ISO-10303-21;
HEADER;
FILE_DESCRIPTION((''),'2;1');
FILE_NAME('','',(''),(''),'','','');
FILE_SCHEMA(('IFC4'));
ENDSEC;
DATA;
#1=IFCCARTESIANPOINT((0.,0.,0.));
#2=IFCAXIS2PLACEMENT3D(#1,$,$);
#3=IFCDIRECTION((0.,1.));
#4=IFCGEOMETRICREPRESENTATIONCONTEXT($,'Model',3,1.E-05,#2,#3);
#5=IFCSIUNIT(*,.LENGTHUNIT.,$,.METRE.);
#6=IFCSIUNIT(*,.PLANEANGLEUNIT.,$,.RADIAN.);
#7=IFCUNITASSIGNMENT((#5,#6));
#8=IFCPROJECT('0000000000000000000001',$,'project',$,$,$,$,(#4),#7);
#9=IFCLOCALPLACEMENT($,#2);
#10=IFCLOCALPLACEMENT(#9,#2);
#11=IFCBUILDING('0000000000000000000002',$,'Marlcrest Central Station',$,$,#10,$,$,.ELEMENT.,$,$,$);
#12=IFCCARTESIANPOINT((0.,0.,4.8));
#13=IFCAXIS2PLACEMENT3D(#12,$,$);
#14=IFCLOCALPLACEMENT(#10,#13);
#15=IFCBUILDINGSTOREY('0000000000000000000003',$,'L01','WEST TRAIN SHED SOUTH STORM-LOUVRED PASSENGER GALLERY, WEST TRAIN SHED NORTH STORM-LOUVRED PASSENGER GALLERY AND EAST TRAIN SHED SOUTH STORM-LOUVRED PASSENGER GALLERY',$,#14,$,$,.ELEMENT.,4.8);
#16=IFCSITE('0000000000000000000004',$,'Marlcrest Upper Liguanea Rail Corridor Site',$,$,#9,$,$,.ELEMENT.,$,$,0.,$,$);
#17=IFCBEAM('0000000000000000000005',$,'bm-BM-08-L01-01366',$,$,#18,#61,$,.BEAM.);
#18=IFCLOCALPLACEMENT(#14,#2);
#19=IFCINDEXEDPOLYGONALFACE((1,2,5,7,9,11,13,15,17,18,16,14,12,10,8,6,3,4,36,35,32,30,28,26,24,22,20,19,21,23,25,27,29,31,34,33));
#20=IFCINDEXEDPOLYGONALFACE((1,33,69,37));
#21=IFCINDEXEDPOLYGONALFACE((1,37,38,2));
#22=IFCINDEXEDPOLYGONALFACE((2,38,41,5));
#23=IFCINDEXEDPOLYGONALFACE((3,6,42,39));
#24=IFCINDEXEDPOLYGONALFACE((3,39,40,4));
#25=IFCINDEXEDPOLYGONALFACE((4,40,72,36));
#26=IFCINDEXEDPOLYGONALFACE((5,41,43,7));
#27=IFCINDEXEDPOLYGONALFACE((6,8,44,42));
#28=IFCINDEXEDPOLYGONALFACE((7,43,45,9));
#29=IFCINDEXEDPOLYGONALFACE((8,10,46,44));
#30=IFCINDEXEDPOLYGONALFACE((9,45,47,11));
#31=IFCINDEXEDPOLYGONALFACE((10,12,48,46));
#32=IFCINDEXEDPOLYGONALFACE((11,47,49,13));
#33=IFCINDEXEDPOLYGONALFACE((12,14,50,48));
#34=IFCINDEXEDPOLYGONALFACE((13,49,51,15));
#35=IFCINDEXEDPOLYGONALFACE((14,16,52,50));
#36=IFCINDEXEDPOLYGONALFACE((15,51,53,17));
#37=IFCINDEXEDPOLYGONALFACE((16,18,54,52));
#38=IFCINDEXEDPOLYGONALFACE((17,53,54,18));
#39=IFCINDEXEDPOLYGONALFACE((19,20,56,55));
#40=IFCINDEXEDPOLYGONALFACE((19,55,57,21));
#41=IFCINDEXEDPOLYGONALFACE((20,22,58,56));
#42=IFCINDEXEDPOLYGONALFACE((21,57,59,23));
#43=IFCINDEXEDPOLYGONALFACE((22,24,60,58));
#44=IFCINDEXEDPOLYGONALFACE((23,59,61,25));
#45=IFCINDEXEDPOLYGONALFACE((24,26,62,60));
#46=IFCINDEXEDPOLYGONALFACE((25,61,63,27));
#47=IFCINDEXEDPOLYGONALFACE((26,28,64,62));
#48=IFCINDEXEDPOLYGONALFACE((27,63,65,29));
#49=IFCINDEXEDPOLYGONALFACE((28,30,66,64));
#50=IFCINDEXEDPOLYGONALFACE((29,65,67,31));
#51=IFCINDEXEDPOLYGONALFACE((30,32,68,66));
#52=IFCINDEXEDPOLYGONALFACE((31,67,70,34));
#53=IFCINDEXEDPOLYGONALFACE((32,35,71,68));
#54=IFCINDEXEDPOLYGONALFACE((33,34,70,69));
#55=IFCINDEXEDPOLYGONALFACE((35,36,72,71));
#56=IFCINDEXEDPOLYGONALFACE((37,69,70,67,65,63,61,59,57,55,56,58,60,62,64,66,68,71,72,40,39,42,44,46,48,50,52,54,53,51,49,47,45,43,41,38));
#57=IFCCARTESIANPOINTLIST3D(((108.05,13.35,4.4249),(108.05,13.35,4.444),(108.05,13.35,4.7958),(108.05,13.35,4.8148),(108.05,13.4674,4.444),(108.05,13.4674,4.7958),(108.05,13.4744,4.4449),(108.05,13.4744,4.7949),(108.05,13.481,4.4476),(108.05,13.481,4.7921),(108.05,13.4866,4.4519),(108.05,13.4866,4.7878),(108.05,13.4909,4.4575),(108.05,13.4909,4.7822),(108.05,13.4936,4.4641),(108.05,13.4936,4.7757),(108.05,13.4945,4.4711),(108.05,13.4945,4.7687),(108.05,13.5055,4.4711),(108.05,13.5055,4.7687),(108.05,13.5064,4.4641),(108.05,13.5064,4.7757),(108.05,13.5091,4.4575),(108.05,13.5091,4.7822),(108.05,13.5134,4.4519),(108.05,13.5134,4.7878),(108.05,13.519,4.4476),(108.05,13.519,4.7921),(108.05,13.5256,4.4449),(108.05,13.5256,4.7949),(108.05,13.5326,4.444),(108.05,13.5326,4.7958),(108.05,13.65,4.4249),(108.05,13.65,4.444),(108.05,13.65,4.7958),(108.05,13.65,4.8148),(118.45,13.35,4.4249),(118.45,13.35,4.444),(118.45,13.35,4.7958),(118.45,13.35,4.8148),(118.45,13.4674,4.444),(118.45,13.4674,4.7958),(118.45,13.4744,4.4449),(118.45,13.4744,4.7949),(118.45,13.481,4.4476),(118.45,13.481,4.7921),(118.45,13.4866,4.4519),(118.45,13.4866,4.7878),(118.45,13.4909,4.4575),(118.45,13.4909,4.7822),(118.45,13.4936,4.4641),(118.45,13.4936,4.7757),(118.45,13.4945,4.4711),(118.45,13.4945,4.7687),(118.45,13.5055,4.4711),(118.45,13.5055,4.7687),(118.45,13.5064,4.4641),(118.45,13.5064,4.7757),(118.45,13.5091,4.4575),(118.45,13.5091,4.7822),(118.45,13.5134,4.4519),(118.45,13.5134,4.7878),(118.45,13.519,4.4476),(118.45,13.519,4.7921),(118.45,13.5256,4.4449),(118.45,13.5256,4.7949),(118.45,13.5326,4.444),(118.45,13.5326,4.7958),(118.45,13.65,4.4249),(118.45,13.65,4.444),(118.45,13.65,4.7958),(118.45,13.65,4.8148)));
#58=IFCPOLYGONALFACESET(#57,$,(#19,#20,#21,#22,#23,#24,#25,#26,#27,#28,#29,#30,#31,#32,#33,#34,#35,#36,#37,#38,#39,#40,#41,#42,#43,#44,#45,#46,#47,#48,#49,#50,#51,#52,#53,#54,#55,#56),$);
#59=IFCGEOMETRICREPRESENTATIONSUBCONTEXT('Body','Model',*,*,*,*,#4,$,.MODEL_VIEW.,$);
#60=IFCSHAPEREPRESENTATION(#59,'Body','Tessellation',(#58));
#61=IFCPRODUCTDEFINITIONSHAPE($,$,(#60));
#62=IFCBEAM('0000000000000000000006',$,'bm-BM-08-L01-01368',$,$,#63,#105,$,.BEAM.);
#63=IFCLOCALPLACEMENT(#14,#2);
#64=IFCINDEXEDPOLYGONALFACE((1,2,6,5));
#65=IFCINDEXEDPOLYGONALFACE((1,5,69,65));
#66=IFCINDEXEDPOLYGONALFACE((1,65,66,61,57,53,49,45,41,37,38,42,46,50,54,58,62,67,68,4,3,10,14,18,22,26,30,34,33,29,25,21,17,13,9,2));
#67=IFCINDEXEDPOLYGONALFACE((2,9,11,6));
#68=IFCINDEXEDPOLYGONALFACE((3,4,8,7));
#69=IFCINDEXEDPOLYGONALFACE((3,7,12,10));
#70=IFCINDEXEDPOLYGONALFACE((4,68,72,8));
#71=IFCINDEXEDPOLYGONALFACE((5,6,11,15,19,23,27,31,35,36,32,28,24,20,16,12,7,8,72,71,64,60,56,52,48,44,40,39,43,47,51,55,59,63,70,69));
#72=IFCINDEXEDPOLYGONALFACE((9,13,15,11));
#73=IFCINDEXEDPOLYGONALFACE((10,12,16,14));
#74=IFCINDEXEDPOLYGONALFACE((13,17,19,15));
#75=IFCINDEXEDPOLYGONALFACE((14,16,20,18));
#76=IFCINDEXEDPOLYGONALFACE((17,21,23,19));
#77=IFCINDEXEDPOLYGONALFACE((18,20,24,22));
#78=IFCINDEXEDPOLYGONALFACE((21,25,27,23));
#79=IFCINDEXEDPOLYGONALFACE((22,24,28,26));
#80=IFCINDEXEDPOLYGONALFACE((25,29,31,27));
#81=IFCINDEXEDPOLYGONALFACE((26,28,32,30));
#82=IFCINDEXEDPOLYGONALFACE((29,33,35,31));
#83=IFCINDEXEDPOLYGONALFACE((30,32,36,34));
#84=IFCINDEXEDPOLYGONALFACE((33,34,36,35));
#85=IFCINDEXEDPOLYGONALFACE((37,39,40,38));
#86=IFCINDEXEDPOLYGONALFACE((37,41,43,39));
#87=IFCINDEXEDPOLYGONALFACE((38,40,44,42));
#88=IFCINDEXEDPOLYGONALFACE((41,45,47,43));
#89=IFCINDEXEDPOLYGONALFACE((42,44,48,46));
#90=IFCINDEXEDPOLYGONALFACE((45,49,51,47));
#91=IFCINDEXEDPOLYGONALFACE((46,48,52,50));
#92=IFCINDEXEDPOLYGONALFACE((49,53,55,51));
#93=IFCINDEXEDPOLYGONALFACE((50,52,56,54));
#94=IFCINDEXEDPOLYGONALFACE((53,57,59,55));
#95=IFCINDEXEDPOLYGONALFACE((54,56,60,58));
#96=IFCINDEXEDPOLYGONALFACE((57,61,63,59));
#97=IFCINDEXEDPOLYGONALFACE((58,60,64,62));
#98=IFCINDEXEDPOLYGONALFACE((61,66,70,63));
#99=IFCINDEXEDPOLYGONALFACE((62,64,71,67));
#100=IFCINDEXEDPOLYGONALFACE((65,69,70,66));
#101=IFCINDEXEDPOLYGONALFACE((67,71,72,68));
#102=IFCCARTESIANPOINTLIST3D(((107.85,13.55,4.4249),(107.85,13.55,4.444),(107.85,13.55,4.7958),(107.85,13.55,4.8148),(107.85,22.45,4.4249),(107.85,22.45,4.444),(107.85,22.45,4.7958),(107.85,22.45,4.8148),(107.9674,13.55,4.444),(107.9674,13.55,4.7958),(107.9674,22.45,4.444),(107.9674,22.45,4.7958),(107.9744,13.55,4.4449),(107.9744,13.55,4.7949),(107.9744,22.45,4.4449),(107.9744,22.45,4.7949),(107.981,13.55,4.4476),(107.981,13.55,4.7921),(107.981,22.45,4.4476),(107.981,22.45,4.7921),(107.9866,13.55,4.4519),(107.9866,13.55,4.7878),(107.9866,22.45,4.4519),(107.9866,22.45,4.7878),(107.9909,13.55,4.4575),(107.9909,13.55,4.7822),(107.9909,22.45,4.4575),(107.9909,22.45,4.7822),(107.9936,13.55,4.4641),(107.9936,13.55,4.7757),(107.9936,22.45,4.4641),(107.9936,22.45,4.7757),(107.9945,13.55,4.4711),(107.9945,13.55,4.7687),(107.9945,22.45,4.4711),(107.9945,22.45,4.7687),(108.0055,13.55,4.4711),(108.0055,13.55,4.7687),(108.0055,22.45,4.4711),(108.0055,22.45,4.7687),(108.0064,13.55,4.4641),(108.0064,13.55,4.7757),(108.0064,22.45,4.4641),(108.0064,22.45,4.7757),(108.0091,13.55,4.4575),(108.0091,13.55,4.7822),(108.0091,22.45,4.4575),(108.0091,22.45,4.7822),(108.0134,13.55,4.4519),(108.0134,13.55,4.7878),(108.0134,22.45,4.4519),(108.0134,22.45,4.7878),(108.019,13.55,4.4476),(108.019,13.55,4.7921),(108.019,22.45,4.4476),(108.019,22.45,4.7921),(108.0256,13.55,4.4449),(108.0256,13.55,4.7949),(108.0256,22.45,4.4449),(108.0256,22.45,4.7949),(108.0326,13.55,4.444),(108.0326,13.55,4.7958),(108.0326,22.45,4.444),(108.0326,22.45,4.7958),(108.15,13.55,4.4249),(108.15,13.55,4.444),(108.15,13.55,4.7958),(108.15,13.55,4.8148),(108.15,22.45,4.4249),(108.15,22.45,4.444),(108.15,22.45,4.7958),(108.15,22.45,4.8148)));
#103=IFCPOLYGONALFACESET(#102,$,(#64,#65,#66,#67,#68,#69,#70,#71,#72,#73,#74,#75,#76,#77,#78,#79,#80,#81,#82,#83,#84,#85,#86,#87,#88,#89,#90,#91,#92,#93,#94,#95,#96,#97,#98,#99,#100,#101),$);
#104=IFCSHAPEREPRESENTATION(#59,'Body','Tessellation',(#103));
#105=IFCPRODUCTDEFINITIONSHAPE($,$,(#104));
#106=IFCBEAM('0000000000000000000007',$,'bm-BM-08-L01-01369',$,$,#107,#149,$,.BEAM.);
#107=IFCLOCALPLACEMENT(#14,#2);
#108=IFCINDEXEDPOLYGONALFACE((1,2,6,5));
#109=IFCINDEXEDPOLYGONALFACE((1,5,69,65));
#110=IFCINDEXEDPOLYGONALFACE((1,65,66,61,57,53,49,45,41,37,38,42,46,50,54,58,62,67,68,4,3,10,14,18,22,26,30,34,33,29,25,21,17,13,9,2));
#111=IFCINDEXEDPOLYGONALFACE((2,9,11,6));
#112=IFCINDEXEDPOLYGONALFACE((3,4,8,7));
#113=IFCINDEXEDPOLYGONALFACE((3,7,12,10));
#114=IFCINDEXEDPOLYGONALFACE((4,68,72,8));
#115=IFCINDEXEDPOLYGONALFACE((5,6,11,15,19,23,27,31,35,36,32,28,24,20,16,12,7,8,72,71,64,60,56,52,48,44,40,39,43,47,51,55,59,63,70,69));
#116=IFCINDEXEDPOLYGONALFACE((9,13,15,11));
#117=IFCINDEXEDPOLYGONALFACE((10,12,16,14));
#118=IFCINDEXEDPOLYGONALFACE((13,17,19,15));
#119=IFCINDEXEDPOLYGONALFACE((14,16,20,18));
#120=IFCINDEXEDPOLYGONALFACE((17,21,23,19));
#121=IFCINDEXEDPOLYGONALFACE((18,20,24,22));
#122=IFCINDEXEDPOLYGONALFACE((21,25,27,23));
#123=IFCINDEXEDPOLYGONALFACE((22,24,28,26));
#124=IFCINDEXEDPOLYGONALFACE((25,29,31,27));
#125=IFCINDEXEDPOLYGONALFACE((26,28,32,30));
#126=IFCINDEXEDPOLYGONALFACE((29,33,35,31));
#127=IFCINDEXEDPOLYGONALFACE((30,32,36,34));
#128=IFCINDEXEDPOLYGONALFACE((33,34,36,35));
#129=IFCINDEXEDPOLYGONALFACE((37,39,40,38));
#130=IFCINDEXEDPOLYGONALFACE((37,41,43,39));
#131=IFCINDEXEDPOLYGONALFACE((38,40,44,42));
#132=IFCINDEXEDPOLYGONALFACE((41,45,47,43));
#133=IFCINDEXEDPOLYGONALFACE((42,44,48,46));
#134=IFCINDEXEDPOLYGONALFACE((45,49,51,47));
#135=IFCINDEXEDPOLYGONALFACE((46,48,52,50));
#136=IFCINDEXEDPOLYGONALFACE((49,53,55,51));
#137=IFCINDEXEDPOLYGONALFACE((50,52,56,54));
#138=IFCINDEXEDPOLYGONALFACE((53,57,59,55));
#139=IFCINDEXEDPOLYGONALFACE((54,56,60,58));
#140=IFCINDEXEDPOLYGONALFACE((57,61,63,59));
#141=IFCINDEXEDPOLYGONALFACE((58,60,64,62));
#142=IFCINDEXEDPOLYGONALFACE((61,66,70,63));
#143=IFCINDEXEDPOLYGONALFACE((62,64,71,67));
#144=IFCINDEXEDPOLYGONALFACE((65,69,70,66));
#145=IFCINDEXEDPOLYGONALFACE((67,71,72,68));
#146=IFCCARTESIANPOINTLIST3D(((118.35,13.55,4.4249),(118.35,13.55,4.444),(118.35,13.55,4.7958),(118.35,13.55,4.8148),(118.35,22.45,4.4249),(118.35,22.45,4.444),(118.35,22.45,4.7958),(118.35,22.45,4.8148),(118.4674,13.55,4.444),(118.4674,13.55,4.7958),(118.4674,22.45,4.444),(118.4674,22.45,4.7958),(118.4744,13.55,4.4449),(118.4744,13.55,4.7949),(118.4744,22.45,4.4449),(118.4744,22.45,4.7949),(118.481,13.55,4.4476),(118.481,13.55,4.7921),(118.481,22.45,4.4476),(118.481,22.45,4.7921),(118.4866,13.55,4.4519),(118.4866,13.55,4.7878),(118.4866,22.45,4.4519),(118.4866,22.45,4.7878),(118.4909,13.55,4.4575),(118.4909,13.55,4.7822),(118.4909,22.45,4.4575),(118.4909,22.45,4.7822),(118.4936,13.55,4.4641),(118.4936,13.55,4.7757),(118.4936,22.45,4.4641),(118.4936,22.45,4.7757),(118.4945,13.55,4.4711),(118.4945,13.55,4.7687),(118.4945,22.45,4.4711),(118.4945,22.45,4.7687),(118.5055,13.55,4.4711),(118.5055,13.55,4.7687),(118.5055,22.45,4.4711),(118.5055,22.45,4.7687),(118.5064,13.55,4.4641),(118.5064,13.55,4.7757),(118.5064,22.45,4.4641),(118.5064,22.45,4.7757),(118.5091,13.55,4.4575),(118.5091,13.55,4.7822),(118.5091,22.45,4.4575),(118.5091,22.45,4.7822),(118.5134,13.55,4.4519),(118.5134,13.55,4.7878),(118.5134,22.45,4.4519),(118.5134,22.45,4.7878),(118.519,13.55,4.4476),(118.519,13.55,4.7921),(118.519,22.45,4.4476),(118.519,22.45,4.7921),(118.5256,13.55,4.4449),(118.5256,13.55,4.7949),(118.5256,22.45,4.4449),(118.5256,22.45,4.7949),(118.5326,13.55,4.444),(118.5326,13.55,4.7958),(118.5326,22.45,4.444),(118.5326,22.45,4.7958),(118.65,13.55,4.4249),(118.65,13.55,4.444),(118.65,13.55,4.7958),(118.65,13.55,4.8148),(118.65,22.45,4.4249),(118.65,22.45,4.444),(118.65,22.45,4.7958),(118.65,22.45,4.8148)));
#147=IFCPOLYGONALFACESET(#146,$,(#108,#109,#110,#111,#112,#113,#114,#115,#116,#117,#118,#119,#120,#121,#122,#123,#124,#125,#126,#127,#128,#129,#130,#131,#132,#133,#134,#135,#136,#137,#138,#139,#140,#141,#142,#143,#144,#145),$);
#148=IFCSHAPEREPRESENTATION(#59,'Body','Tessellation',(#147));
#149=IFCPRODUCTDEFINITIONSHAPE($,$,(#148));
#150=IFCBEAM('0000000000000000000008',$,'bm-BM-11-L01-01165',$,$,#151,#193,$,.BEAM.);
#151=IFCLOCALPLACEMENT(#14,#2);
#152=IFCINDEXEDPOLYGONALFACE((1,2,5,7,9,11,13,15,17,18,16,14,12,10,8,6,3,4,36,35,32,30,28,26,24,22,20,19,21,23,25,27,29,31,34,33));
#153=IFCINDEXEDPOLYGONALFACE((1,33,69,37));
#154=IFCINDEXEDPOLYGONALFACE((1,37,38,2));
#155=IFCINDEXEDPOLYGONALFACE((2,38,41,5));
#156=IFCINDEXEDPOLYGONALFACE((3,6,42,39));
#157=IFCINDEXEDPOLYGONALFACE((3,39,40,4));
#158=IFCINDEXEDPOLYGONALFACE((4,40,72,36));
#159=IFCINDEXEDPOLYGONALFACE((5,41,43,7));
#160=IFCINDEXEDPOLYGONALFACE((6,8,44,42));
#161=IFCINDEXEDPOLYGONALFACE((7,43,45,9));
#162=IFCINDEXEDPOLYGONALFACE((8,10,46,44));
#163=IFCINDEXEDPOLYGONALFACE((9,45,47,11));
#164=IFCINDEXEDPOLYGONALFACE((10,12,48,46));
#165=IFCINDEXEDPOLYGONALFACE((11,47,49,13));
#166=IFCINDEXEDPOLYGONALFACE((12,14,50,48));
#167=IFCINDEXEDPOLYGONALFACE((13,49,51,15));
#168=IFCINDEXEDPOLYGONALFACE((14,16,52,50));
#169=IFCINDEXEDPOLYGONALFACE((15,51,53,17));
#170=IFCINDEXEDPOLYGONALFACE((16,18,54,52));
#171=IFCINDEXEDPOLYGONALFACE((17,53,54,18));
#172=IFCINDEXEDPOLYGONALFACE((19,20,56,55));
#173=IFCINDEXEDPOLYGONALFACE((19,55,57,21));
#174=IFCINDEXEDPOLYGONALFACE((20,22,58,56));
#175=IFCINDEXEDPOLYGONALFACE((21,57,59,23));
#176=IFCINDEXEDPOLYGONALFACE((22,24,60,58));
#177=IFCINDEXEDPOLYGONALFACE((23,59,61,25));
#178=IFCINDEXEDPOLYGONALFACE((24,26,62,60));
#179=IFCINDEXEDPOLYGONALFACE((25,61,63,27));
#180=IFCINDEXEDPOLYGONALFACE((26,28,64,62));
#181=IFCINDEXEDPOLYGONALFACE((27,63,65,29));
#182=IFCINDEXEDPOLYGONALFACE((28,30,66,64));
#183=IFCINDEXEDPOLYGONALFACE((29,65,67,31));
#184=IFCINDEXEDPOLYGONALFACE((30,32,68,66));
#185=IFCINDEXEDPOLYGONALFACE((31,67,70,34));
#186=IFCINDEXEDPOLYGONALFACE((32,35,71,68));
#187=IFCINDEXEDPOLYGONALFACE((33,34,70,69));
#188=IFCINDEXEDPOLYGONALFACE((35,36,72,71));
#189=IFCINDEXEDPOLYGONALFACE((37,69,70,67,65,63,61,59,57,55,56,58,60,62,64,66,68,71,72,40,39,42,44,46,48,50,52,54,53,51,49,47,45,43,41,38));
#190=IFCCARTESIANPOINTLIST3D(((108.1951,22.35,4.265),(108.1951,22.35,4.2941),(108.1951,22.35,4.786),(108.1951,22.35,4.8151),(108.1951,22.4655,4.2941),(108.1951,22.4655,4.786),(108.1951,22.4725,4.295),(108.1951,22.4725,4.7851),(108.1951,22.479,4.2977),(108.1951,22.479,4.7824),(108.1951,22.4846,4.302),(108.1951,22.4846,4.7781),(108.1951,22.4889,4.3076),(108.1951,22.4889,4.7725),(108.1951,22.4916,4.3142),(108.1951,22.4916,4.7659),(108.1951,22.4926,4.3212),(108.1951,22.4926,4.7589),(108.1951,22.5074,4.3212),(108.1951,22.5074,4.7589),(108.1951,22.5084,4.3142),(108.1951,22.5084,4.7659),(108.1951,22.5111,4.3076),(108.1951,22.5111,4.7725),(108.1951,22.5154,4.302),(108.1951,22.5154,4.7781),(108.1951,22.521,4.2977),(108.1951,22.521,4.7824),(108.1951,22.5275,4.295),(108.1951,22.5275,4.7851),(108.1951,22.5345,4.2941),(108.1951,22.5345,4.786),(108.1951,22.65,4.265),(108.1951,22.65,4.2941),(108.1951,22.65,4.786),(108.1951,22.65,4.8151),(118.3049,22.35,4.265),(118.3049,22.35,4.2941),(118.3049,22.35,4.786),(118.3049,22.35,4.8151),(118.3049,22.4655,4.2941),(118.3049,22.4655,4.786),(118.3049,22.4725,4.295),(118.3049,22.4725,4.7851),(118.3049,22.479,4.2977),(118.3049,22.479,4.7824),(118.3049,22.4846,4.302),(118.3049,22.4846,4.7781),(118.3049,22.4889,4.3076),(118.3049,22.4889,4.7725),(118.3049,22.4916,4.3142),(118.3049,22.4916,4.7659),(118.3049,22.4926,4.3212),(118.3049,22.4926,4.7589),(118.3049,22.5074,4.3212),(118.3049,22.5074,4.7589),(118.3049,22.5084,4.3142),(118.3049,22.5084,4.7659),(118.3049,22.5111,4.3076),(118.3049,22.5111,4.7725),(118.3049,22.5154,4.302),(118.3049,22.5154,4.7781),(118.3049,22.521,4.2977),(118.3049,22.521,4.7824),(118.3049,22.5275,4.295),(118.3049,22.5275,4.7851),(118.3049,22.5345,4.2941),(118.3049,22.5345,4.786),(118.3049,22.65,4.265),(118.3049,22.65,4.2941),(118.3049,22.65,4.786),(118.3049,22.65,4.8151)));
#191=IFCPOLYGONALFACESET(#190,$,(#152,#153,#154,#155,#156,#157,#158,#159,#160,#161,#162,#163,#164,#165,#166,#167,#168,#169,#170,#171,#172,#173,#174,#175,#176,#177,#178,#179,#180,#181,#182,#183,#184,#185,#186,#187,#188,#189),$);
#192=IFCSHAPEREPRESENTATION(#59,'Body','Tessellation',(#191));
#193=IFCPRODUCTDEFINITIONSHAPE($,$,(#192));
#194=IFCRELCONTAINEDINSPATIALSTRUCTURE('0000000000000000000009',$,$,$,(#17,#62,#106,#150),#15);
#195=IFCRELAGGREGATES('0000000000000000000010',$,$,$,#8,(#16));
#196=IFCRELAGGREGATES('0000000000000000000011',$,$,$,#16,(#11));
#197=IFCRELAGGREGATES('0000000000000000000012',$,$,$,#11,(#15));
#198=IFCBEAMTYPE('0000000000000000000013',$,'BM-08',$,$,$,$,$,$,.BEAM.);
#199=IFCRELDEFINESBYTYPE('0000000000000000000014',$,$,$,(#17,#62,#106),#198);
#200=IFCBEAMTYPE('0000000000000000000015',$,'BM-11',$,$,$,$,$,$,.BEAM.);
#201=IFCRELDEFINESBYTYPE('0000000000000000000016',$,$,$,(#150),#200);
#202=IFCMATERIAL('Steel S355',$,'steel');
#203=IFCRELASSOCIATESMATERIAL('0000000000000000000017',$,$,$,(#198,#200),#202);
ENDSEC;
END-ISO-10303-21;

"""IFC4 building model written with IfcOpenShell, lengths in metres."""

from ifc_helpers import new_model, si_unit, direction, frame, origin, origin_2d, place, context, subcontext, project, spatial, i_section, extrude, material, material_profile, profile_set, type_object, element, save


model = new_model("IFC4")

# Units and contexts
model_context = context("Model", 3, precision=1e-05, world=origin(), true_north=direction((0.0, 1.0)))
body_context = subcontext(model_context, "Body", "Model", "MODEL_VIEW")
ifc_project = project(units=[si_unit("LENGTHUNIT", "METRE"), si_unit("PLANEANGLEUNIT", "RADIAN")], contexts=[model_context])

# Site, building, storey
site_placement = place(None, origin())
site = spatial("IfcSite", under=ifc_project, at=site_placement, Name="Marlcrest Upper Liguanea Rail Corridor Site", CompositionType="ELEMENT", RefElevation=0.0)
building_placement = place(site_placement, origin())
building = spatial("IfcBuilding", under=site, at=building_placement, Name="Marlcrest Central Station", CompositionType="ELEMENT")
storey_placement = place(building_placement, frame((0.0, 0.0, 4.8)))
storey = spatial("IfcBuildingStorey", under=building, at=storey_placement, Name="L01", Description="WEST TRAIN SHED SOUTH STORM-LOUVRED PASSENGER GALLERY, WEST TRAIN SHED NORTH STORM-LOUVRED PASSENGER GALLERY AND EAST TRAIN SHED SOUTH STORM-LOUVRED PASSENGER GALLERY", CompositionType="ELEMENT", Elevation=4.8)

# Shared definitions
ifc_material_1 = material(Name="Steel S355", Category="steel")

# Beams
ifc_material_profile_1 = material_profile(ifc_material_1, i_section(OverallWidth=0.3, OverallDepth=0.3899, WebThickness=0.011, FlangeThickness=0.019, FilletRadius=0.0271, at=origin_2d()), Name="HEA 400")
ifc_profile_set_1 = profile_set([ifc_material_profile_1], Name="Steel S355")
beam_type_1 = type_object("IfcBeamType", Name="BM-08", PredefinedType="BEAM", material=ifc_profile_set_1)
beam_placement = place(storey_placement, frame((108.05, 13.5, 4.6199), z_axis=(1.0, 0.0, 0.0), x_axis=(0.0, 1.0, 0.0)))
element("IfcBeam", 1, at=beam_placement, inside=storey, type_object=beam_type_1, Name="bm-BM-08-L01-01366", PredefinedType="BEAM", context=body_context, shape_type="SweptSolid", body=[
    extrude(i_section(OverallWidth=0.3, OverallDepth=0.3899, WebThickness=0.011, FlangeThickness=0.019, FilletRadius=0.0271, at=origin_2d()), origin(), (0.0, 0.0, 1.0), 10.3999),
])
for number, where, z_axis, x_axis, name in (
    (2, (108.0, 13.55, 4.6199), (0.0, 1.0, 0.0), (-1.0, 0.0, 0.0), "bm-BM-08-L01-01368"),
    (3, (118.5, 13.55, 4.6199), (0.0, 1.0, 0.0), (-1.0, 0.0, 0.0), "bm-BM-08-L01-01369"),
):
    element("IfcBeam", number, at=place(storey_placement, frame(where, z_axis=z_axis, x_axis=x_axis)), inside=storey, type_object=beam_type_1, Name=name, PredefinedType="BEAM", context=body_context, shape_type="SweptSolid", body=[
        extrude(i_section(OverallWidth=0.3, OverallDepth=0.3899, WebThickness=0.011, FlangeThickness=0.019, FilletRadius=0.0271, at=origin_2d()), origin(), (0.0, 0.0, 1.0), 8.8999),
    ])
ifc_material_profile_2 = material_profile(ifc_material_1, i_section(OverallWidth=0.3, OverallDepth=0.55, WebThickness=0.0149, FlangeThickness=0.0291, FilletRadius=0.0271, at=origin_2d()), Name="HEB 550")
ifc_profile_set_2 = profile_set([ifc_material_profile_2], Name="Steel S355")
beam_type_2 = type_object("IfcBeamType", Name="BM-11", PredefinedType="BEAM", material=ifc_profile_set_2)
for number, where, z_axis, x_axis, name in (
    (4, (108.1951, 22.5, 4.54), (1.0, 0.0, 0.0), (0.0, 1.0, 0.0), "bm-BM-11-L01-01165"),
):
    element("IfcBeam", number, at=place(storey_placement, frame(where, z_axis=z_axis, x_axis=x_axis)), inside=storey, type_object=beam_type_2, Name=name, PredefinedType="BEAM", context=body_context, shape_type="SweptSolid", body=[
        extrude(i_section(OverallWidth=0.3, OverallDepth=0.55, WebThickness=0.0149, FlangeThickness=0.0291, FilletRadius=0.0271, at=origin_2d()), origin(), (0.0, 0.0, 1.0), 10.1099),
    ])

save(model, "model.ifc")
